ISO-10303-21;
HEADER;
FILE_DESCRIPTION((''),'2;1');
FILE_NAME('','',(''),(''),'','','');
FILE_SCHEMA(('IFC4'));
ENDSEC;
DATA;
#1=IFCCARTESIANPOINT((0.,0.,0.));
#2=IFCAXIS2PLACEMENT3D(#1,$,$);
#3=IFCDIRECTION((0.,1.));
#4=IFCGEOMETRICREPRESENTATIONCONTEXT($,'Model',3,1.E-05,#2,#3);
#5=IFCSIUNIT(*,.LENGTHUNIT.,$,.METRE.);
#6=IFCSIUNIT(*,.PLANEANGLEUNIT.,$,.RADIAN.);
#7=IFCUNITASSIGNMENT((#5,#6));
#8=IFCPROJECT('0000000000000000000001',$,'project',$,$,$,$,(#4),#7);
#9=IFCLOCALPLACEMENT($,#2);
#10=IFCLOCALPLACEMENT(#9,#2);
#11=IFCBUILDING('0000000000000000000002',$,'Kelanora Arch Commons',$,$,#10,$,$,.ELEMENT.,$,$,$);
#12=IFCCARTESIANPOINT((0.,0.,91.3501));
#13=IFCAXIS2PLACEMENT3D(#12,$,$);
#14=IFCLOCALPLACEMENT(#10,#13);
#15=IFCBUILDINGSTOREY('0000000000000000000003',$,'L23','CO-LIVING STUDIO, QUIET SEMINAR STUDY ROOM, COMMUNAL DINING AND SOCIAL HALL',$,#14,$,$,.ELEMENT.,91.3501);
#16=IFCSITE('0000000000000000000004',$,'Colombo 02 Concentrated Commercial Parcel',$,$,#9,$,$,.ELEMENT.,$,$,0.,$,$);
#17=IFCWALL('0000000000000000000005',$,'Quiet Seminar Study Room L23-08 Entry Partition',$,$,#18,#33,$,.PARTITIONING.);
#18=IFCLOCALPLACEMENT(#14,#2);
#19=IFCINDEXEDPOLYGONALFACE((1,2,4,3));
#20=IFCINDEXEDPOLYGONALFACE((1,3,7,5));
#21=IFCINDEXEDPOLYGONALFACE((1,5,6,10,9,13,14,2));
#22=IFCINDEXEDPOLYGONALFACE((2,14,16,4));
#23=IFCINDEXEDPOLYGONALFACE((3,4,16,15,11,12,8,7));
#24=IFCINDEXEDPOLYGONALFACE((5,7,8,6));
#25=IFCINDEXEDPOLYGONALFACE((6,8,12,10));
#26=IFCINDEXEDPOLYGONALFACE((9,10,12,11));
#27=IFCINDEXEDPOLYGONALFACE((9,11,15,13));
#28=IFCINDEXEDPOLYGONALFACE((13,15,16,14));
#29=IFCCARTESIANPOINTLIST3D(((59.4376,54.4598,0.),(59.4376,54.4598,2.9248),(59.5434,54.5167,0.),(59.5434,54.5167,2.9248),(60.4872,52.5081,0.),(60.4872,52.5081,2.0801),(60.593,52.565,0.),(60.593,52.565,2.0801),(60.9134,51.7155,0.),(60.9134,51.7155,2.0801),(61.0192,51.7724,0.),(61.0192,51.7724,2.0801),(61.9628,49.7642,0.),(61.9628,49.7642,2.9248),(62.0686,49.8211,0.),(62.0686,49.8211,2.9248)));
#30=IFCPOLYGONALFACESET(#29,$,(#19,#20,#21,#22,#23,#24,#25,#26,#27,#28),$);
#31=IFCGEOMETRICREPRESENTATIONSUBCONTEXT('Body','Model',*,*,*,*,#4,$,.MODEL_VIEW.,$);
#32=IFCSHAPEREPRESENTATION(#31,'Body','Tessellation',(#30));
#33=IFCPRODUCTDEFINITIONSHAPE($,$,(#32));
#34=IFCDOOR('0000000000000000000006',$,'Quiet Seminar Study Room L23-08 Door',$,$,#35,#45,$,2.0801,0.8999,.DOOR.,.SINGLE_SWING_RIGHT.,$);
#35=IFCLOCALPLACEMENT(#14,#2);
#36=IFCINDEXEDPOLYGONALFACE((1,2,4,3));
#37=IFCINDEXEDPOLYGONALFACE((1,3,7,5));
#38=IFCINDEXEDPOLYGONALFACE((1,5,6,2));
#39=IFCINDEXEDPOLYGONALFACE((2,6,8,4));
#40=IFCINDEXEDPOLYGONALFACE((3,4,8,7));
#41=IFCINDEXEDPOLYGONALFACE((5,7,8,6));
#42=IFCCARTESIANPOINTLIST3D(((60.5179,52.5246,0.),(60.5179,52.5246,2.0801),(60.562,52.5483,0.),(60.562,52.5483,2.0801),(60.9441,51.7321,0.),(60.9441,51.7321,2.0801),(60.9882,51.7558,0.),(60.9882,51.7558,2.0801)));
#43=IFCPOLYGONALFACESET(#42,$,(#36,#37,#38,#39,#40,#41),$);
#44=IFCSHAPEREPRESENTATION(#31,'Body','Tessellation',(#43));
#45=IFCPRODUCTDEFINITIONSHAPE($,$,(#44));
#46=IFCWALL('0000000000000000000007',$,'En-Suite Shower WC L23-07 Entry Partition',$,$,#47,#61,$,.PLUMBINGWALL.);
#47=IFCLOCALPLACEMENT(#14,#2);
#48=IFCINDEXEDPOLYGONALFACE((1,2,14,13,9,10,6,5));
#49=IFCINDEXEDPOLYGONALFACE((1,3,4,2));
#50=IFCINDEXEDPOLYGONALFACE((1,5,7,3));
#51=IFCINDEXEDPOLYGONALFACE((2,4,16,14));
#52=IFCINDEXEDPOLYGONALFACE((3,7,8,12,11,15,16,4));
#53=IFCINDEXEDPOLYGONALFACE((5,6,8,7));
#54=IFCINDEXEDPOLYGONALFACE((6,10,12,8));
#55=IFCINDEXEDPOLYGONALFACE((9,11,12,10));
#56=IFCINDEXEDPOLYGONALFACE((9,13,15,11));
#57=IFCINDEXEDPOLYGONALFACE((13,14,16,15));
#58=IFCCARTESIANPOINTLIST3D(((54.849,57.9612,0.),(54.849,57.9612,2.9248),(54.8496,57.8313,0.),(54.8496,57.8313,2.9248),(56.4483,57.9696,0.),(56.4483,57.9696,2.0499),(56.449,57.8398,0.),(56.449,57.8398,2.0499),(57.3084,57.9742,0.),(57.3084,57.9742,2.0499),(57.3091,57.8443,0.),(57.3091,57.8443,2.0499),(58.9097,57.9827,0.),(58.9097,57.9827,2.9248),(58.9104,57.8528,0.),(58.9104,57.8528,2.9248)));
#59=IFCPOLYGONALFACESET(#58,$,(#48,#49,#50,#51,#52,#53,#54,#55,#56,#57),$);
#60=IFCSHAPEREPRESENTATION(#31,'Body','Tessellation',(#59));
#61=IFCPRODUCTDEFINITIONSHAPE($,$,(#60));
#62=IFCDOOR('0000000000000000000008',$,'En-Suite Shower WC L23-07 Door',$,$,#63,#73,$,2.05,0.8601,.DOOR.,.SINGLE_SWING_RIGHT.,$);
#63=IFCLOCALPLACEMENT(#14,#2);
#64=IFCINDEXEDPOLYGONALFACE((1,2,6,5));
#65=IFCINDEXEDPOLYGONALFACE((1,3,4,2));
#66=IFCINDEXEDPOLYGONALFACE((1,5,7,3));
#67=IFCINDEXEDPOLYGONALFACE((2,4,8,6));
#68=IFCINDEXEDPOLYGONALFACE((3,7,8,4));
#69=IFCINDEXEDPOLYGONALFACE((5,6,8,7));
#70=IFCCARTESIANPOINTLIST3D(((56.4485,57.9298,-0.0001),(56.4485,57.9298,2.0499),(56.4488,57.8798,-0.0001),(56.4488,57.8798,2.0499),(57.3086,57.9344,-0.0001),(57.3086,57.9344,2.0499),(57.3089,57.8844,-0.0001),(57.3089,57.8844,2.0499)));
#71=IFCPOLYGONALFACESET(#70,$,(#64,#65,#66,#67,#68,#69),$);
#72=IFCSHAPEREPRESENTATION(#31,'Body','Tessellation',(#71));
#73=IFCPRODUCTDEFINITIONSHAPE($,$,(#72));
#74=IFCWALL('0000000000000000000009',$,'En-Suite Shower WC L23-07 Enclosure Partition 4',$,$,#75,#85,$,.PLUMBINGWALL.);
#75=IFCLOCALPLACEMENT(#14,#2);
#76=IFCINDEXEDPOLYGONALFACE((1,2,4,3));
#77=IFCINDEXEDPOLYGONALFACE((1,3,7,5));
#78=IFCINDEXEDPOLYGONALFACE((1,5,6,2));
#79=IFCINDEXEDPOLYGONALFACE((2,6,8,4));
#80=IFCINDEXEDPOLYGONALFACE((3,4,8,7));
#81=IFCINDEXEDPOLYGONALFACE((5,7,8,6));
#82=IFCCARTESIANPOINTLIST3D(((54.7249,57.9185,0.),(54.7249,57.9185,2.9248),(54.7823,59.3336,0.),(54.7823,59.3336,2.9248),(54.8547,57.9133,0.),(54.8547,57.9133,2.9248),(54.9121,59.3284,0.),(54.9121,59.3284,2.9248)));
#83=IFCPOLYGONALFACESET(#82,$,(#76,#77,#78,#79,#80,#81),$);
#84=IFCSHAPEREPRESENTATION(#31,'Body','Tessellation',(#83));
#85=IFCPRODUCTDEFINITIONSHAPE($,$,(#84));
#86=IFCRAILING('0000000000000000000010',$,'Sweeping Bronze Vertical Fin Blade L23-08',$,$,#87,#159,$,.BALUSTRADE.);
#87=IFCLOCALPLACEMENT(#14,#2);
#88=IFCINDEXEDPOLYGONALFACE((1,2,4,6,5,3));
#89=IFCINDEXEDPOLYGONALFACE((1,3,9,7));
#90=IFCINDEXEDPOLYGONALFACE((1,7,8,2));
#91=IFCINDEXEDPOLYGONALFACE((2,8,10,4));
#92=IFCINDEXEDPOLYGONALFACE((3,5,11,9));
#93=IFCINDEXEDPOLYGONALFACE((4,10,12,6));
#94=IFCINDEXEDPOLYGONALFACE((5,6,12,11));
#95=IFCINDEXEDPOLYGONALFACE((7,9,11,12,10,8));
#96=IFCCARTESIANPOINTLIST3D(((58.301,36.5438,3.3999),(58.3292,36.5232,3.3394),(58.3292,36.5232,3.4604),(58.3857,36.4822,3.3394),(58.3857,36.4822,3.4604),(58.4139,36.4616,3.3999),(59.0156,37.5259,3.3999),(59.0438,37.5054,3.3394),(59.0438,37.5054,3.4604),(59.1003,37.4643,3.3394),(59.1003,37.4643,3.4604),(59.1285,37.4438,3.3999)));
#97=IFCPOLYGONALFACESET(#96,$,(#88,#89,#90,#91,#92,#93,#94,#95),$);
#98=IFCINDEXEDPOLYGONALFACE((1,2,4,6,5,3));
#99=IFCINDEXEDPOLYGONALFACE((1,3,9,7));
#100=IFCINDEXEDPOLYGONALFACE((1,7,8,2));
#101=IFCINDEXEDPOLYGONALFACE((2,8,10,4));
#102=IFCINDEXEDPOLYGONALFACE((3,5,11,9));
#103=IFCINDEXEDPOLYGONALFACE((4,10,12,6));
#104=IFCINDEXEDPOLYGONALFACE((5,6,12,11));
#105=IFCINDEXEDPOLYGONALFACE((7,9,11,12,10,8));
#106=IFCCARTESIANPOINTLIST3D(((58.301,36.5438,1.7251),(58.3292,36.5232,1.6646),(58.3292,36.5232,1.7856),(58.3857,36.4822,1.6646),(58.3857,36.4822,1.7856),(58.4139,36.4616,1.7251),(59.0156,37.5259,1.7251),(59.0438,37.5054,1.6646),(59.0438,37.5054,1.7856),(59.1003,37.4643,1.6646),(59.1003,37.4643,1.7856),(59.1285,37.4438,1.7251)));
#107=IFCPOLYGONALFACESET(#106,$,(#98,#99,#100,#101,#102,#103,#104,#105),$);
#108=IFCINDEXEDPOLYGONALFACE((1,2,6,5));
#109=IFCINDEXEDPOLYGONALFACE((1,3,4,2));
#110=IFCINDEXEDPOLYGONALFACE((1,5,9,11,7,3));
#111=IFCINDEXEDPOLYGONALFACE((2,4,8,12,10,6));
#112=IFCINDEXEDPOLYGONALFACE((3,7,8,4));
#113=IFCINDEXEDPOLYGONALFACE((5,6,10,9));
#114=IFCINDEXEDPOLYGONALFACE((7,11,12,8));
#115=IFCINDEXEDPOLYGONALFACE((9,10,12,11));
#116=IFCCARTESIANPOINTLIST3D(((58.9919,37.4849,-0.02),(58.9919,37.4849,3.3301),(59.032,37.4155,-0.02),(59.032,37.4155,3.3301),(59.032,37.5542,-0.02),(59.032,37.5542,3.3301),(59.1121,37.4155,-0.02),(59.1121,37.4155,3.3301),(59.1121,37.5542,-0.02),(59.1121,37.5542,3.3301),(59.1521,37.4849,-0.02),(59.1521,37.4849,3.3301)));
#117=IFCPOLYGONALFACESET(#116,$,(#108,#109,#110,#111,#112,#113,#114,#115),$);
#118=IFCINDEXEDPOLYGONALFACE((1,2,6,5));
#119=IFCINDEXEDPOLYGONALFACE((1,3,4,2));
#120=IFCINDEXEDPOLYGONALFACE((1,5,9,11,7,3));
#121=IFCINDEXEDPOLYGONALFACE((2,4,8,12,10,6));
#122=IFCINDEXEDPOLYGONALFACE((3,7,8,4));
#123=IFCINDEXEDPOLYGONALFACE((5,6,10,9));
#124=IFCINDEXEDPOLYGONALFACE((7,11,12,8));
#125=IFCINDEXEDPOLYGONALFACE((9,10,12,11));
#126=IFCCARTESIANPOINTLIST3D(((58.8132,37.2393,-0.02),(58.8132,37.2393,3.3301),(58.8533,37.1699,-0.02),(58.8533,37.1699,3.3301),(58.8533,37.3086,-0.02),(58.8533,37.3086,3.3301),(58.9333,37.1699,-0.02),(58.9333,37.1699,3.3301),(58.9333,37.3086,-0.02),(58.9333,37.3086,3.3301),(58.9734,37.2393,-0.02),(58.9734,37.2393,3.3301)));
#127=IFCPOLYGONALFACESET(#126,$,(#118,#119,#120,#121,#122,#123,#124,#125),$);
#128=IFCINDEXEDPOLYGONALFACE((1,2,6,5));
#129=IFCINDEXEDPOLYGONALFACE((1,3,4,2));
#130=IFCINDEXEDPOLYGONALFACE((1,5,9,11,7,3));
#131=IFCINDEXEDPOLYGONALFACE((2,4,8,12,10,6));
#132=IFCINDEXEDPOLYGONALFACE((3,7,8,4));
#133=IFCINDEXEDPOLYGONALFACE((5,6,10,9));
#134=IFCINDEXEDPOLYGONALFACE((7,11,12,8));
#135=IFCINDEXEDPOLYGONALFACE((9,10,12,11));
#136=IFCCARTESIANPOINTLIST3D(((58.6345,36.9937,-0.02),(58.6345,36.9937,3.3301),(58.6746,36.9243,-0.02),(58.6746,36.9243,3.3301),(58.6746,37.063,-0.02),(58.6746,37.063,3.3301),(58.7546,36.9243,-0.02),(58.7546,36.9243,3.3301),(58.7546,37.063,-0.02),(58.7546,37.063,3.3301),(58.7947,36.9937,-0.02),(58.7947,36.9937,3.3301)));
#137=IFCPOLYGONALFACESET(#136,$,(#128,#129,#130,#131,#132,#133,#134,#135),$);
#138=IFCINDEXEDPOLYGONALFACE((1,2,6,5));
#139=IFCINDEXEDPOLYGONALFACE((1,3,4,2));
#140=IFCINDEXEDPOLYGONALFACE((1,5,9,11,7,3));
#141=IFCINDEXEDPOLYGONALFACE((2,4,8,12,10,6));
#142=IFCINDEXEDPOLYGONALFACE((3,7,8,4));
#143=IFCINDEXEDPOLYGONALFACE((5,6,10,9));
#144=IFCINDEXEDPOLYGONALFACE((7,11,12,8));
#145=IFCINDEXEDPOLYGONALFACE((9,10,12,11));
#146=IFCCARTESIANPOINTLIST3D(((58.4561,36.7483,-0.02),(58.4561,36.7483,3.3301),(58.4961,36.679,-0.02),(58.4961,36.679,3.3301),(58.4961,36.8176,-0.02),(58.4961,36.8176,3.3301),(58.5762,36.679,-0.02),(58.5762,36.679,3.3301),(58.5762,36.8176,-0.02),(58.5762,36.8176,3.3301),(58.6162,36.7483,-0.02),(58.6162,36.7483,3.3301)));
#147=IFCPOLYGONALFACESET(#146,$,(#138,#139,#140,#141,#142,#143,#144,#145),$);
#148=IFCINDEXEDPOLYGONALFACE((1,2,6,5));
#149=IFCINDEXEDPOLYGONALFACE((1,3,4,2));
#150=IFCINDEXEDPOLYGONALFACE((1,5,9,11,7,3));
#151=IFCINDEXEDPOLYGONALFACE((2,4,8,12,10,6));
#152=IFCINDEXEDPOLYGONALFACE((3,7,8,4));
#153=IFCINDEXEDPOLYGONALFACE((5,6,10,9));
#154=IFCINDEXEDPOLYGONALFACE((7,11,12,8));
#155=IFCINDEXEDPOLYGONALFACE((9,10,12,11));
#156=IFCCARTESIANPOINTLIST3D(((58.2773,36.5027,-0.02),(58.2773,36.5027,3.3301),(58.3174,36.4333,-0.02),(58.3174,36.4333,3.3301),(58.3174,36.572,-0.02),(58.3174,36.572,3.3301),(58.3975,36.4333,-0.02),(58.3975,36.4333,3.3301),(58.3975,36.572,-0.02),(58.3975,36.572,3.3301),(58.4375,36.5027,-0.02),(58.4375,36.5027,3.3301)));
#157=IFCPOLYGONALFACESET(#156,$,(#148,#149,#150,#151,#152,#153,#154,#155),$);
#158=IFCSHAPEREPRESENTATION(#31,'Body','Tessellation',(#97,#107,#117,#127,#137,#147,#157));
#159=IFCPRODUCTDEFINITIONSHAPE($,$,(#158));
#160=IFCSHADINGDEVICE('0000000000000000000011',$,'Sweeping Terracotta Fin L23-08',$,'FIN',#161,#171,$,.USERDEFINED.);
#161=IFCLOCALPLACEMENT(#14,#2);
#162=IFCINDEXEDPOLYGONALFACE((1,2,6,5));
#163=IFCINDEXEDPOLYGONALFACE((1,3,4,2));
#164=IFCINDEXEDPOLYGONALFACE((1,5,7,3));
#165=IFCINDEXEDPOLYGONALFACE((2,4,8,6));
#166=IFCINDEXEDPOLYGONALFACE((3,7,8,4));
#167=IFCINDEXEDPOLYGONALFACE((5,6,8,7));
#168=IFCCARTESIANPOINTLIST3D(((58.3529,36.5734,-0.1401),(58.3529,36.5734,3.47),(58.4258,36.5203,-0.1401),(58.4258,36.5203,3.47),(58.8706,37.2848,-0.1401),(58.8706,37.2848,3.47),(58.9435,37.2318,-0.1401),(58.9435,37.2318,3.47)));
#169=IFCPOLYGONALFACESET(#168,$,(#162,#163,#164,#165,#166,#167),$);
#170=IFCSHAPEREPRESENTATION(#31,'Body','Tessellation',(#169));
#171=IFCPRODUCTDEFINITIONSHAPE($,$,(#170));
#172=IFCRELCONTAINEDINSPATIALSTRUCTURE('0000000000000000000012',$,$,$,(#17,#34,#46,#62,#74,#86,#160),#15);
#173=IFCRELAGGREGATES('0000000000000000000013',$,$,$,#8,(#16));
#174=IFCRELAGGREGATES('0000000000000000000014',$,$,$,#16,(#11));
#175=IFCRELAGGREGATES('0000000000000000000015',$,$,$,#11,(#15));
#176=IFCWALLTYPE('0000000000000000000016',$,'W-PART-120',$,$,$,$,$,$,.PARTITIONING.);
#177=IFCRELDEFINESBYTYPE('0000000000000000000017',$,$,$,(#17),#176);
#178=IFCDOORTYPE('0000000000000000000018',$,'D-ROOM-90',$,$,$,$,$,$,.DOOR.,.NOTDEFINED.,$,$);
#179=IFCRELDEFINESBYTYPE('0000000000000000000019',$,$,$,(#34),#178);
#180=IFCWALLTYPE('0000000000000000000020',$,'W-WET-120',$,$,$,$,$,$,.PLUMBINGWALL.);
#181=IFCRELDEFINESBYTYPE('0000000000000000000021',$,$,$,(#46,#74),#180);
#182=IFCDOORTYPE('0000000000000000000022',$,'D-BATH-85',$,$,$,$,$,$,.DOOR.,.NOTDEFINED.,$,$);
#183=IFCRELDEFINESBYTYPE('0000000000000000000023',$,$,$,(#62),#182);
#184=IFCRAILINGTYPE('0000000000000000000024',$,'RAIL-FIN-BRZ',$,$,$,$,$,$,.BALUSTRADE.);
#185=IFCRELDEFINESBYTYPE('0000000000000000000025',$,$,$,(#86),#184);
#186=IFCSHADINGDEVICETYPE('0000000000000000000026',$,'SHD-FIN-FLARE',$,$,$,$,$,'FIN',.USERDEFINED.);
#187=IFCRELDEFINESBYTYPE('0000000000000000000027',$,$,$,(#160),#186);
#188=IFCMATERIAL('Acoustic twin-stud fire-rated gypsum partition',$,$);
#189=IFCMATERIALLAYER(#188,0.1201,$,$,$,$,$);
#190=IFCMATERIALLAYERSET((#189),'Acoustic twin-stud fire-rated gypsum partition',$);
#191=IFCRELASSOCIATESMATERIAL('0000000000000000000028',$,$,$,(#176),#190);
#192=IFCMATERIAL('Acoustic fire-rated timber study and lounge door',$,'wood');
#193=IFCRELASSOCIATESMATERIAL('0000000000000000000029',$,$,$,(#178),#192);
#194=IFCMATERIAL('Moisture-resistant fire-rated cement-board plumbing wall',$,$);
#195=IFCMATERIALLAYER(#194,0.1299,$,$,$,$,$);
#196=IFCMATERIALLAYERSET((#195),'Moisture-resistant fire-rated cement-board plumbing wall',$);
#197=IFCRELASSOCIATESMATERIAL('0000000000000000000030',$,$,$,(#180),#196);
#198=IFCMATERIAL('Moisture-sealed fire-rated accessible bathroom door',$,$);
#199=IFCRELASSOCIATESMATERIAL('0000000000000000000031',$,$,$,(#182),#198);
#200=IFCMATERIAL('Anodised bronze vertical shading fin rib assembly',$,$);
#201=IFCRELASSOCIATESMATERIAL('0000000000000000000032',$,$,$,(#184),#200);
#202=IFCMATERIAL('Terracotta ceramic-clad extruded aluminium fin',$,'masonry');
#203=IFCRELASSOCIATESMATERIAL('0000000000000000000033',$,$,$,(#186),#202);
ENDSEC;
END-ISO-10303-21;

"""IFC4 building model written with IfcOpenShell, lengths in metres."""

from ifc_helpers import new_model, si_unit, direction, frame, frame_2d, origin, origin_2d, place, context, subcontext, project, spatial, polyline, rectangle, outline, extrude, source, transform, mapped, material, layer, layer_set, type_object, element, fill, save


model = new_model("IFC4")

# Units and contexts
model_context = context("Model", 3, precision=1e-05, world=origin(), true_north=direction((0.0, 1.0)))
body_context = subcontext(model_context, "Body", "Model", "MODEL_VIEW")
ifc_project = project(units=[si_unit("LENGTHUNIT", "METRE"), si_unit("PLANEANGLEUNIT", "RADIAN")], contexts=[model_context])

# Site, building, storey
site_placement = place(None, origin())
site = spatial("IfcSite", under=ifc_project, at=site_placement, Name="Colombo 02 Concentrated Commercial Parcel", CompositionType="ELEMENT", RefElevation=0.0)
building_placement = place(site_placement, origin())
building = spatial("IfcBuilding", under=site, at=building_placement, Name="Kelanora Arch Commons", CompositionType="ELEMENT")
storey_placement = place(building_placement, frame((0.0, 0.0, 91.3501)))
storey = spatial("IfcBuildingStorey", under=building, at=storey_placement, Name="L23", Description="CO-LIVING STUDIO, QUIET SEMINAR STUDY ROOM, COMMUNAL DINING AND SOCIAL HALL", CompositionType="ELEMENT", Elevation=91.3501)

# Walls, openings, doors
ifc_material_1 = material(Name="Acoustic twin-stud fire-rated gypsum partition")
ifc_layer_1 = layer(ifc_material_1, 0.1201)
ifc_layer_set_1 = layer_set([ifc_layer_1], Name="Acoustic twin-stud fire-rated gypsum partition")
wall_type_1 = type_object("IfcWallType", Name="W-PART-120", PredefinedType="PARTITIONING", material=ifc_layer_set_1)
wall_1_placement = place(storey_placement, frame((59.4905, 54.4883, 0.0), z_axis=(0.0, 0.0, 1.0), x_axis=(0.47363, -0.880724, 0.0)))
wall_1 = element("IfcWall", 1, at=wall_1_placement, inside=storey, type_object=wall_type_1, Name="Quiet Seminar Study Room L23-08 Entry Partition", PredefinedType="PARTITIONING", context=body_context, shape_type="SweptSolid", body=[
    extrude(rectangle(XDim=5.3315, YDim=0.1201, at=frame_2d((2.6658, 0.0))), origin(), (0.0, 0.0, 1.0), 2.9248),
])
opening_1_placement = place(wall_1_placement, frame((2.2161, 0.0, 0.0)))
opening_1 = element("IfcOpeningElement", 2, at=opening_1_placement, cuts=wall_1, PredefinedType="OPENING", context=body_context, shape_type="SweptSolid", body=[
    extrude(rectangle(XDim=0.8999, YDim=2.0801, at=frame_2d((0.45, 1.04))), frame((0.0, 0.0701, 0.0), z_axis=(0.0, -1.0, 0.0), x_axis=(1.0, 0.0, 0.0)), (0.0, 0.0, 1.0), 0.1401),
])
ifc_material_2 = material(Name="Acoustic fire-rated timber study and lounge door", Category="wood")
door_type_1 = type_object("IfcDoorType", Name="D-ROOM-90", OperationType="NOTDEFINED", PredefinedType="DOOR", material=ifc_material_2)
door_1_placement = place(opening_1_placement, origin())
door_1 = element("IfcDoor", 3, at=door_1_placement, inside=storey, type_object=door_type_1, Name="Quiet Seminar Study Room L23-08 Door", OperationType="SINGLE_SWING_RIGHT", OverallHeight=2.0801, OverallWidth=0.8999, PredefinedType="DOOR", context=body_context, shape_type="SweptSolid", body=[
    extrude(rectangle(XDim=0.8999, YDim=2.0801, at=frame_2d((0.45, 1.04))), frame((0.0, 0.0249, 0.0), z_axis=(0.0, -1.0, 0.0), x_axis=(1.0, 0.0, 0.0)), (0.0, 0.0, 1.0), 0.05),
])
fill(opening_1, door_1)
ifc_material_3 = material(Name="Moisture-resistant fire-rated cement-board plumbing wall")
ifc_layer_2 = layer(ifc_material_3, 0.1299)
ifc_layer_set_2 = layer_set([ifc_layer_2], Name="Moisture-resistant fire-rated cement-board plumbing wall")
wall_type_2 = type_object("IfcWallType", Name="W-WET-120", PredefinedType="PLUMBINGWALL", material=ifc_layer_set_2)
wall_2_placement = place(storey_placement, frame((58.9099, 57.9177, 0.0), z_axis=(0.0, 0.0, 1.0), x_axis=(-0.999986, -0.005291, 0.0)))
wall_2 = element("IfcWall", 4, at=wall_2_placement, inside=storey, type_object=wall_type_2, Name="En-Suite Shower WC L23-07 Entry Partition", PredefinedType="PLUMBINGWALL", context=body_context, shape_type="SweptSolid", body=[
    extrude(rectangle(XDim=4.0608, YDim=0.1299, at=frame_2d((2.0303, 0.0))), origin(), (0.0, 0.0, 1.0), 2.9248),
])
opening_2_placement = place(wall_2_placement, frame((1.6011, 0.0, 0.0)))
opening_2 = element("IfcOpeningElement", 5, at=opening_2_placement, cuts=wall_2, PredefinedType="OPENING", context=body_context, shape_type="SweptSolid", body=[
    extrude(rectangle(XDim=0.8601, YDim=2.05, at=frame_2d((0.4302, 1.0249))), frame((0.0, 0.075, 0.0), z_axis=(0.0, -1.0, 0.0), x_axis=(1.0, 0.0, 0.0)), (0.0, 0.0, 1.0), 0.1499),
])
ifc_material_4 = material(Name="Moisture-sealed fire-rated accessible bathroom door")
door_type_2 = type_object("IfcDoorType", Name="D-BATH-85", OperationType="NOTDEFINED", PredefinedType="DOOR", material=ifc_material_4)
door_2_placement = place(opening_2_placement, origin())
door_2 = element("IfcDoor", 6, at=door_2_placement, inside=storey, type_object=door_type_2, Name="En-Suite Shower WC L23-07 Door", OperationType="SINGLE_SWING_RIGHT", OverallHeight=2.05, OverallWidth=0.8601, PredefinedType="DOOR", context=body_context, shape_type="SweptSolid", body=[
    extrude(rectangle(XDim=0.8601, YDim=2.05, at=frame_2d((0.4302, 1.0249))), frame((0.0, 0.0249, 0.0), z_axis=(0.0, -1.0, 0.0), x_axis=(1.0, 0.0, 0.0)), (0.0, 0.0, 1.0), 0.05),
])
fill(opening_2, door_2)

# Wall
wall_3_placement = place(storey_placement, frame((54.7898, 57.916, 0.0), z_axis=(0.0, 0.0, 1.0), x_axis=(0.040512, 0.999179, 0.0)))
element("IfcWall", 7, at=wall_3_placement, inside=storey, type_object=wall_type_2, Name="En-Suite Shower WC L23-07 Enclosure Partition 4", PredefinedType="PLUMBINGWALL", context=body_context, shape_type="SweptSolid", body=[
    extrude(rectangle(XDim=1.4163, YDim=0.1299, at=frame_2d((0.708, 0.0))), origin(), (0.0, 0.0, 1.0), 2.9248),
])

# Railing
ifc_material_5 = material(Name="Anodised bronze vertical shading fin rib assembly")
railing_type = type_object("IfcRailingType", Name="RAIL-FIN-BRZ", PredefinedType="BALUSTRADE", material=ifc_material_5)
railing_placement = place(storey_placement, frame((59.072, 37.4849, -0.02)))
element("IfcRailing", 8, at=railing_placement, inside=storey, type_object=railing_type, Name="Sweeping Bronze Vertical Fin Blade L23-08", PredefinedType="BALUSTRADE", context=body_context, shape_type="SweptSolid", body=[
    extrude(outline(polyline([(0.0698, 0.0), (0.0349, 0.0605), (-0.0349, 0.0605), (-0.0698, 0.0), (-0.0349, -0.0605), (0.0349, -0.0605), (0.0698, 0.0)])), frame((0.0, 0.0, 3.4199), z_axis=(-0.588327, -0.808623, 0.0), x_axis=(0.808623, -0.588327, 0.0)), (0.0, 0.0, 1.0), 1.2146),
    extrude(outline(polyline([(0.0698, 0.0), (0.0349, 0.0605), (-0.0349, 0.0605), (-0.0698, 0.0), (-0.0349, -0.0605), (0.0349, -0.0605), (0.0698, 0.0)])), frame((0.0, 0.0, 1.7451), z_axis=(-0.588327, -0.808623, 0.0), x_axis=(0.808623, -0.588327, 0.0)), (0.0, 0.0, 1.0), 1.2146),
    extrude(outline(polyline([(0.0801, 0.0), (0.04, 0.0693), (-0.04, 0.0693), (-0.0801, 0.0), (-0.04, -0.0693), (0.04, -0.0693), (0.0801, 0.0)])), origin(), (0.0, 0.0, 1.0), 3.3501),
    extrude(outline(polyline([(0.0801, 0.0), (0.04, 0.0693), (-0.04, 0.0693), (-0.0801, 0.0), (-0.04, -0.0693), (0.04, -0.0693), (0.0801, 0.0)])), frame((-0.1787, -0.2456, 0.0)), (0.0, 0.0, 1.0), 3.3501),
    extrude(outline(polyline([(0.0801, 0.0), (0.04, 0.0693), (-0.04, 0.0693), (-0.0801, 0.0), (-0.04, -0.0693), (0.04, -0.0693), (0.0801, 0.0)])), frame((-0.3574, -0.4912, 0.0)), (0.0, 0.0, 1.0), 3.3501),
    extrude(outline(polyline([(0.0801, 0.0), (0.04, 0.0693), (-0.04, 0.0693), (-0.0801, 0.0), (-0.04, -0.0693), (0.04, -0.0693), (0.0801, 0.0)])), frame((-0.5359, -0.7366, 0.0)), (0.0, 0.0, 1.0), 3.3501),
    extrude(outline(polyline([(0.0801, 0.0), (0.04, 0.0693), (-0.04, 0.0693), (-0.0801, 0.0), (-0.04, -0.0693), (0.04, -0.0693), (0.0801, 0.0)])), frame((-0.7146, -0.9822, 0.0)), (0.0, 0.0, 1.0), 3.3501),
])

# Shading device
ifc_material_6 = material(Name="Terracotta ceramic-clad extruded aluminium fin", Category="masonry")
shading_device_type = type_object("IfcShadingDeviceType", Name="SHD-FIN-FLARE", ElementType="FIN", PredefinedType="USERDEFINED", material=ifc_material_6)
shared_shape_1 = source(origin(), body_context, "Body", "SweptSolid", [
    extrude(rectangle(XDim=0.8799, YDim=0.0901, at=origin_2d()), origin(), (0.0, 0.0, 1.0), 3.6101),
])
shading_device_placement = place(storey_placement, frame((58.6482, 36.9026, -0.1401), z_axis=(0.0, 0.0, 1.0), x_axis=(-0.58835, -0.808606, 0.0)))
element("IfcShadingDevice", 9, at=shading_device_placement, inside=storey, type_object=shading_device_type, Name="Sweeping Terracotta Fin L23-08", ObjectType="FIN", PredefinedType="USERDEFINED", context=body_context, shape_type="MappedRepresentation", body=[
    mapped(shared_shape_1, transform((0.0, 0.0, 0.0), scale=1.0)),
])

save(model, "model.ifc")
